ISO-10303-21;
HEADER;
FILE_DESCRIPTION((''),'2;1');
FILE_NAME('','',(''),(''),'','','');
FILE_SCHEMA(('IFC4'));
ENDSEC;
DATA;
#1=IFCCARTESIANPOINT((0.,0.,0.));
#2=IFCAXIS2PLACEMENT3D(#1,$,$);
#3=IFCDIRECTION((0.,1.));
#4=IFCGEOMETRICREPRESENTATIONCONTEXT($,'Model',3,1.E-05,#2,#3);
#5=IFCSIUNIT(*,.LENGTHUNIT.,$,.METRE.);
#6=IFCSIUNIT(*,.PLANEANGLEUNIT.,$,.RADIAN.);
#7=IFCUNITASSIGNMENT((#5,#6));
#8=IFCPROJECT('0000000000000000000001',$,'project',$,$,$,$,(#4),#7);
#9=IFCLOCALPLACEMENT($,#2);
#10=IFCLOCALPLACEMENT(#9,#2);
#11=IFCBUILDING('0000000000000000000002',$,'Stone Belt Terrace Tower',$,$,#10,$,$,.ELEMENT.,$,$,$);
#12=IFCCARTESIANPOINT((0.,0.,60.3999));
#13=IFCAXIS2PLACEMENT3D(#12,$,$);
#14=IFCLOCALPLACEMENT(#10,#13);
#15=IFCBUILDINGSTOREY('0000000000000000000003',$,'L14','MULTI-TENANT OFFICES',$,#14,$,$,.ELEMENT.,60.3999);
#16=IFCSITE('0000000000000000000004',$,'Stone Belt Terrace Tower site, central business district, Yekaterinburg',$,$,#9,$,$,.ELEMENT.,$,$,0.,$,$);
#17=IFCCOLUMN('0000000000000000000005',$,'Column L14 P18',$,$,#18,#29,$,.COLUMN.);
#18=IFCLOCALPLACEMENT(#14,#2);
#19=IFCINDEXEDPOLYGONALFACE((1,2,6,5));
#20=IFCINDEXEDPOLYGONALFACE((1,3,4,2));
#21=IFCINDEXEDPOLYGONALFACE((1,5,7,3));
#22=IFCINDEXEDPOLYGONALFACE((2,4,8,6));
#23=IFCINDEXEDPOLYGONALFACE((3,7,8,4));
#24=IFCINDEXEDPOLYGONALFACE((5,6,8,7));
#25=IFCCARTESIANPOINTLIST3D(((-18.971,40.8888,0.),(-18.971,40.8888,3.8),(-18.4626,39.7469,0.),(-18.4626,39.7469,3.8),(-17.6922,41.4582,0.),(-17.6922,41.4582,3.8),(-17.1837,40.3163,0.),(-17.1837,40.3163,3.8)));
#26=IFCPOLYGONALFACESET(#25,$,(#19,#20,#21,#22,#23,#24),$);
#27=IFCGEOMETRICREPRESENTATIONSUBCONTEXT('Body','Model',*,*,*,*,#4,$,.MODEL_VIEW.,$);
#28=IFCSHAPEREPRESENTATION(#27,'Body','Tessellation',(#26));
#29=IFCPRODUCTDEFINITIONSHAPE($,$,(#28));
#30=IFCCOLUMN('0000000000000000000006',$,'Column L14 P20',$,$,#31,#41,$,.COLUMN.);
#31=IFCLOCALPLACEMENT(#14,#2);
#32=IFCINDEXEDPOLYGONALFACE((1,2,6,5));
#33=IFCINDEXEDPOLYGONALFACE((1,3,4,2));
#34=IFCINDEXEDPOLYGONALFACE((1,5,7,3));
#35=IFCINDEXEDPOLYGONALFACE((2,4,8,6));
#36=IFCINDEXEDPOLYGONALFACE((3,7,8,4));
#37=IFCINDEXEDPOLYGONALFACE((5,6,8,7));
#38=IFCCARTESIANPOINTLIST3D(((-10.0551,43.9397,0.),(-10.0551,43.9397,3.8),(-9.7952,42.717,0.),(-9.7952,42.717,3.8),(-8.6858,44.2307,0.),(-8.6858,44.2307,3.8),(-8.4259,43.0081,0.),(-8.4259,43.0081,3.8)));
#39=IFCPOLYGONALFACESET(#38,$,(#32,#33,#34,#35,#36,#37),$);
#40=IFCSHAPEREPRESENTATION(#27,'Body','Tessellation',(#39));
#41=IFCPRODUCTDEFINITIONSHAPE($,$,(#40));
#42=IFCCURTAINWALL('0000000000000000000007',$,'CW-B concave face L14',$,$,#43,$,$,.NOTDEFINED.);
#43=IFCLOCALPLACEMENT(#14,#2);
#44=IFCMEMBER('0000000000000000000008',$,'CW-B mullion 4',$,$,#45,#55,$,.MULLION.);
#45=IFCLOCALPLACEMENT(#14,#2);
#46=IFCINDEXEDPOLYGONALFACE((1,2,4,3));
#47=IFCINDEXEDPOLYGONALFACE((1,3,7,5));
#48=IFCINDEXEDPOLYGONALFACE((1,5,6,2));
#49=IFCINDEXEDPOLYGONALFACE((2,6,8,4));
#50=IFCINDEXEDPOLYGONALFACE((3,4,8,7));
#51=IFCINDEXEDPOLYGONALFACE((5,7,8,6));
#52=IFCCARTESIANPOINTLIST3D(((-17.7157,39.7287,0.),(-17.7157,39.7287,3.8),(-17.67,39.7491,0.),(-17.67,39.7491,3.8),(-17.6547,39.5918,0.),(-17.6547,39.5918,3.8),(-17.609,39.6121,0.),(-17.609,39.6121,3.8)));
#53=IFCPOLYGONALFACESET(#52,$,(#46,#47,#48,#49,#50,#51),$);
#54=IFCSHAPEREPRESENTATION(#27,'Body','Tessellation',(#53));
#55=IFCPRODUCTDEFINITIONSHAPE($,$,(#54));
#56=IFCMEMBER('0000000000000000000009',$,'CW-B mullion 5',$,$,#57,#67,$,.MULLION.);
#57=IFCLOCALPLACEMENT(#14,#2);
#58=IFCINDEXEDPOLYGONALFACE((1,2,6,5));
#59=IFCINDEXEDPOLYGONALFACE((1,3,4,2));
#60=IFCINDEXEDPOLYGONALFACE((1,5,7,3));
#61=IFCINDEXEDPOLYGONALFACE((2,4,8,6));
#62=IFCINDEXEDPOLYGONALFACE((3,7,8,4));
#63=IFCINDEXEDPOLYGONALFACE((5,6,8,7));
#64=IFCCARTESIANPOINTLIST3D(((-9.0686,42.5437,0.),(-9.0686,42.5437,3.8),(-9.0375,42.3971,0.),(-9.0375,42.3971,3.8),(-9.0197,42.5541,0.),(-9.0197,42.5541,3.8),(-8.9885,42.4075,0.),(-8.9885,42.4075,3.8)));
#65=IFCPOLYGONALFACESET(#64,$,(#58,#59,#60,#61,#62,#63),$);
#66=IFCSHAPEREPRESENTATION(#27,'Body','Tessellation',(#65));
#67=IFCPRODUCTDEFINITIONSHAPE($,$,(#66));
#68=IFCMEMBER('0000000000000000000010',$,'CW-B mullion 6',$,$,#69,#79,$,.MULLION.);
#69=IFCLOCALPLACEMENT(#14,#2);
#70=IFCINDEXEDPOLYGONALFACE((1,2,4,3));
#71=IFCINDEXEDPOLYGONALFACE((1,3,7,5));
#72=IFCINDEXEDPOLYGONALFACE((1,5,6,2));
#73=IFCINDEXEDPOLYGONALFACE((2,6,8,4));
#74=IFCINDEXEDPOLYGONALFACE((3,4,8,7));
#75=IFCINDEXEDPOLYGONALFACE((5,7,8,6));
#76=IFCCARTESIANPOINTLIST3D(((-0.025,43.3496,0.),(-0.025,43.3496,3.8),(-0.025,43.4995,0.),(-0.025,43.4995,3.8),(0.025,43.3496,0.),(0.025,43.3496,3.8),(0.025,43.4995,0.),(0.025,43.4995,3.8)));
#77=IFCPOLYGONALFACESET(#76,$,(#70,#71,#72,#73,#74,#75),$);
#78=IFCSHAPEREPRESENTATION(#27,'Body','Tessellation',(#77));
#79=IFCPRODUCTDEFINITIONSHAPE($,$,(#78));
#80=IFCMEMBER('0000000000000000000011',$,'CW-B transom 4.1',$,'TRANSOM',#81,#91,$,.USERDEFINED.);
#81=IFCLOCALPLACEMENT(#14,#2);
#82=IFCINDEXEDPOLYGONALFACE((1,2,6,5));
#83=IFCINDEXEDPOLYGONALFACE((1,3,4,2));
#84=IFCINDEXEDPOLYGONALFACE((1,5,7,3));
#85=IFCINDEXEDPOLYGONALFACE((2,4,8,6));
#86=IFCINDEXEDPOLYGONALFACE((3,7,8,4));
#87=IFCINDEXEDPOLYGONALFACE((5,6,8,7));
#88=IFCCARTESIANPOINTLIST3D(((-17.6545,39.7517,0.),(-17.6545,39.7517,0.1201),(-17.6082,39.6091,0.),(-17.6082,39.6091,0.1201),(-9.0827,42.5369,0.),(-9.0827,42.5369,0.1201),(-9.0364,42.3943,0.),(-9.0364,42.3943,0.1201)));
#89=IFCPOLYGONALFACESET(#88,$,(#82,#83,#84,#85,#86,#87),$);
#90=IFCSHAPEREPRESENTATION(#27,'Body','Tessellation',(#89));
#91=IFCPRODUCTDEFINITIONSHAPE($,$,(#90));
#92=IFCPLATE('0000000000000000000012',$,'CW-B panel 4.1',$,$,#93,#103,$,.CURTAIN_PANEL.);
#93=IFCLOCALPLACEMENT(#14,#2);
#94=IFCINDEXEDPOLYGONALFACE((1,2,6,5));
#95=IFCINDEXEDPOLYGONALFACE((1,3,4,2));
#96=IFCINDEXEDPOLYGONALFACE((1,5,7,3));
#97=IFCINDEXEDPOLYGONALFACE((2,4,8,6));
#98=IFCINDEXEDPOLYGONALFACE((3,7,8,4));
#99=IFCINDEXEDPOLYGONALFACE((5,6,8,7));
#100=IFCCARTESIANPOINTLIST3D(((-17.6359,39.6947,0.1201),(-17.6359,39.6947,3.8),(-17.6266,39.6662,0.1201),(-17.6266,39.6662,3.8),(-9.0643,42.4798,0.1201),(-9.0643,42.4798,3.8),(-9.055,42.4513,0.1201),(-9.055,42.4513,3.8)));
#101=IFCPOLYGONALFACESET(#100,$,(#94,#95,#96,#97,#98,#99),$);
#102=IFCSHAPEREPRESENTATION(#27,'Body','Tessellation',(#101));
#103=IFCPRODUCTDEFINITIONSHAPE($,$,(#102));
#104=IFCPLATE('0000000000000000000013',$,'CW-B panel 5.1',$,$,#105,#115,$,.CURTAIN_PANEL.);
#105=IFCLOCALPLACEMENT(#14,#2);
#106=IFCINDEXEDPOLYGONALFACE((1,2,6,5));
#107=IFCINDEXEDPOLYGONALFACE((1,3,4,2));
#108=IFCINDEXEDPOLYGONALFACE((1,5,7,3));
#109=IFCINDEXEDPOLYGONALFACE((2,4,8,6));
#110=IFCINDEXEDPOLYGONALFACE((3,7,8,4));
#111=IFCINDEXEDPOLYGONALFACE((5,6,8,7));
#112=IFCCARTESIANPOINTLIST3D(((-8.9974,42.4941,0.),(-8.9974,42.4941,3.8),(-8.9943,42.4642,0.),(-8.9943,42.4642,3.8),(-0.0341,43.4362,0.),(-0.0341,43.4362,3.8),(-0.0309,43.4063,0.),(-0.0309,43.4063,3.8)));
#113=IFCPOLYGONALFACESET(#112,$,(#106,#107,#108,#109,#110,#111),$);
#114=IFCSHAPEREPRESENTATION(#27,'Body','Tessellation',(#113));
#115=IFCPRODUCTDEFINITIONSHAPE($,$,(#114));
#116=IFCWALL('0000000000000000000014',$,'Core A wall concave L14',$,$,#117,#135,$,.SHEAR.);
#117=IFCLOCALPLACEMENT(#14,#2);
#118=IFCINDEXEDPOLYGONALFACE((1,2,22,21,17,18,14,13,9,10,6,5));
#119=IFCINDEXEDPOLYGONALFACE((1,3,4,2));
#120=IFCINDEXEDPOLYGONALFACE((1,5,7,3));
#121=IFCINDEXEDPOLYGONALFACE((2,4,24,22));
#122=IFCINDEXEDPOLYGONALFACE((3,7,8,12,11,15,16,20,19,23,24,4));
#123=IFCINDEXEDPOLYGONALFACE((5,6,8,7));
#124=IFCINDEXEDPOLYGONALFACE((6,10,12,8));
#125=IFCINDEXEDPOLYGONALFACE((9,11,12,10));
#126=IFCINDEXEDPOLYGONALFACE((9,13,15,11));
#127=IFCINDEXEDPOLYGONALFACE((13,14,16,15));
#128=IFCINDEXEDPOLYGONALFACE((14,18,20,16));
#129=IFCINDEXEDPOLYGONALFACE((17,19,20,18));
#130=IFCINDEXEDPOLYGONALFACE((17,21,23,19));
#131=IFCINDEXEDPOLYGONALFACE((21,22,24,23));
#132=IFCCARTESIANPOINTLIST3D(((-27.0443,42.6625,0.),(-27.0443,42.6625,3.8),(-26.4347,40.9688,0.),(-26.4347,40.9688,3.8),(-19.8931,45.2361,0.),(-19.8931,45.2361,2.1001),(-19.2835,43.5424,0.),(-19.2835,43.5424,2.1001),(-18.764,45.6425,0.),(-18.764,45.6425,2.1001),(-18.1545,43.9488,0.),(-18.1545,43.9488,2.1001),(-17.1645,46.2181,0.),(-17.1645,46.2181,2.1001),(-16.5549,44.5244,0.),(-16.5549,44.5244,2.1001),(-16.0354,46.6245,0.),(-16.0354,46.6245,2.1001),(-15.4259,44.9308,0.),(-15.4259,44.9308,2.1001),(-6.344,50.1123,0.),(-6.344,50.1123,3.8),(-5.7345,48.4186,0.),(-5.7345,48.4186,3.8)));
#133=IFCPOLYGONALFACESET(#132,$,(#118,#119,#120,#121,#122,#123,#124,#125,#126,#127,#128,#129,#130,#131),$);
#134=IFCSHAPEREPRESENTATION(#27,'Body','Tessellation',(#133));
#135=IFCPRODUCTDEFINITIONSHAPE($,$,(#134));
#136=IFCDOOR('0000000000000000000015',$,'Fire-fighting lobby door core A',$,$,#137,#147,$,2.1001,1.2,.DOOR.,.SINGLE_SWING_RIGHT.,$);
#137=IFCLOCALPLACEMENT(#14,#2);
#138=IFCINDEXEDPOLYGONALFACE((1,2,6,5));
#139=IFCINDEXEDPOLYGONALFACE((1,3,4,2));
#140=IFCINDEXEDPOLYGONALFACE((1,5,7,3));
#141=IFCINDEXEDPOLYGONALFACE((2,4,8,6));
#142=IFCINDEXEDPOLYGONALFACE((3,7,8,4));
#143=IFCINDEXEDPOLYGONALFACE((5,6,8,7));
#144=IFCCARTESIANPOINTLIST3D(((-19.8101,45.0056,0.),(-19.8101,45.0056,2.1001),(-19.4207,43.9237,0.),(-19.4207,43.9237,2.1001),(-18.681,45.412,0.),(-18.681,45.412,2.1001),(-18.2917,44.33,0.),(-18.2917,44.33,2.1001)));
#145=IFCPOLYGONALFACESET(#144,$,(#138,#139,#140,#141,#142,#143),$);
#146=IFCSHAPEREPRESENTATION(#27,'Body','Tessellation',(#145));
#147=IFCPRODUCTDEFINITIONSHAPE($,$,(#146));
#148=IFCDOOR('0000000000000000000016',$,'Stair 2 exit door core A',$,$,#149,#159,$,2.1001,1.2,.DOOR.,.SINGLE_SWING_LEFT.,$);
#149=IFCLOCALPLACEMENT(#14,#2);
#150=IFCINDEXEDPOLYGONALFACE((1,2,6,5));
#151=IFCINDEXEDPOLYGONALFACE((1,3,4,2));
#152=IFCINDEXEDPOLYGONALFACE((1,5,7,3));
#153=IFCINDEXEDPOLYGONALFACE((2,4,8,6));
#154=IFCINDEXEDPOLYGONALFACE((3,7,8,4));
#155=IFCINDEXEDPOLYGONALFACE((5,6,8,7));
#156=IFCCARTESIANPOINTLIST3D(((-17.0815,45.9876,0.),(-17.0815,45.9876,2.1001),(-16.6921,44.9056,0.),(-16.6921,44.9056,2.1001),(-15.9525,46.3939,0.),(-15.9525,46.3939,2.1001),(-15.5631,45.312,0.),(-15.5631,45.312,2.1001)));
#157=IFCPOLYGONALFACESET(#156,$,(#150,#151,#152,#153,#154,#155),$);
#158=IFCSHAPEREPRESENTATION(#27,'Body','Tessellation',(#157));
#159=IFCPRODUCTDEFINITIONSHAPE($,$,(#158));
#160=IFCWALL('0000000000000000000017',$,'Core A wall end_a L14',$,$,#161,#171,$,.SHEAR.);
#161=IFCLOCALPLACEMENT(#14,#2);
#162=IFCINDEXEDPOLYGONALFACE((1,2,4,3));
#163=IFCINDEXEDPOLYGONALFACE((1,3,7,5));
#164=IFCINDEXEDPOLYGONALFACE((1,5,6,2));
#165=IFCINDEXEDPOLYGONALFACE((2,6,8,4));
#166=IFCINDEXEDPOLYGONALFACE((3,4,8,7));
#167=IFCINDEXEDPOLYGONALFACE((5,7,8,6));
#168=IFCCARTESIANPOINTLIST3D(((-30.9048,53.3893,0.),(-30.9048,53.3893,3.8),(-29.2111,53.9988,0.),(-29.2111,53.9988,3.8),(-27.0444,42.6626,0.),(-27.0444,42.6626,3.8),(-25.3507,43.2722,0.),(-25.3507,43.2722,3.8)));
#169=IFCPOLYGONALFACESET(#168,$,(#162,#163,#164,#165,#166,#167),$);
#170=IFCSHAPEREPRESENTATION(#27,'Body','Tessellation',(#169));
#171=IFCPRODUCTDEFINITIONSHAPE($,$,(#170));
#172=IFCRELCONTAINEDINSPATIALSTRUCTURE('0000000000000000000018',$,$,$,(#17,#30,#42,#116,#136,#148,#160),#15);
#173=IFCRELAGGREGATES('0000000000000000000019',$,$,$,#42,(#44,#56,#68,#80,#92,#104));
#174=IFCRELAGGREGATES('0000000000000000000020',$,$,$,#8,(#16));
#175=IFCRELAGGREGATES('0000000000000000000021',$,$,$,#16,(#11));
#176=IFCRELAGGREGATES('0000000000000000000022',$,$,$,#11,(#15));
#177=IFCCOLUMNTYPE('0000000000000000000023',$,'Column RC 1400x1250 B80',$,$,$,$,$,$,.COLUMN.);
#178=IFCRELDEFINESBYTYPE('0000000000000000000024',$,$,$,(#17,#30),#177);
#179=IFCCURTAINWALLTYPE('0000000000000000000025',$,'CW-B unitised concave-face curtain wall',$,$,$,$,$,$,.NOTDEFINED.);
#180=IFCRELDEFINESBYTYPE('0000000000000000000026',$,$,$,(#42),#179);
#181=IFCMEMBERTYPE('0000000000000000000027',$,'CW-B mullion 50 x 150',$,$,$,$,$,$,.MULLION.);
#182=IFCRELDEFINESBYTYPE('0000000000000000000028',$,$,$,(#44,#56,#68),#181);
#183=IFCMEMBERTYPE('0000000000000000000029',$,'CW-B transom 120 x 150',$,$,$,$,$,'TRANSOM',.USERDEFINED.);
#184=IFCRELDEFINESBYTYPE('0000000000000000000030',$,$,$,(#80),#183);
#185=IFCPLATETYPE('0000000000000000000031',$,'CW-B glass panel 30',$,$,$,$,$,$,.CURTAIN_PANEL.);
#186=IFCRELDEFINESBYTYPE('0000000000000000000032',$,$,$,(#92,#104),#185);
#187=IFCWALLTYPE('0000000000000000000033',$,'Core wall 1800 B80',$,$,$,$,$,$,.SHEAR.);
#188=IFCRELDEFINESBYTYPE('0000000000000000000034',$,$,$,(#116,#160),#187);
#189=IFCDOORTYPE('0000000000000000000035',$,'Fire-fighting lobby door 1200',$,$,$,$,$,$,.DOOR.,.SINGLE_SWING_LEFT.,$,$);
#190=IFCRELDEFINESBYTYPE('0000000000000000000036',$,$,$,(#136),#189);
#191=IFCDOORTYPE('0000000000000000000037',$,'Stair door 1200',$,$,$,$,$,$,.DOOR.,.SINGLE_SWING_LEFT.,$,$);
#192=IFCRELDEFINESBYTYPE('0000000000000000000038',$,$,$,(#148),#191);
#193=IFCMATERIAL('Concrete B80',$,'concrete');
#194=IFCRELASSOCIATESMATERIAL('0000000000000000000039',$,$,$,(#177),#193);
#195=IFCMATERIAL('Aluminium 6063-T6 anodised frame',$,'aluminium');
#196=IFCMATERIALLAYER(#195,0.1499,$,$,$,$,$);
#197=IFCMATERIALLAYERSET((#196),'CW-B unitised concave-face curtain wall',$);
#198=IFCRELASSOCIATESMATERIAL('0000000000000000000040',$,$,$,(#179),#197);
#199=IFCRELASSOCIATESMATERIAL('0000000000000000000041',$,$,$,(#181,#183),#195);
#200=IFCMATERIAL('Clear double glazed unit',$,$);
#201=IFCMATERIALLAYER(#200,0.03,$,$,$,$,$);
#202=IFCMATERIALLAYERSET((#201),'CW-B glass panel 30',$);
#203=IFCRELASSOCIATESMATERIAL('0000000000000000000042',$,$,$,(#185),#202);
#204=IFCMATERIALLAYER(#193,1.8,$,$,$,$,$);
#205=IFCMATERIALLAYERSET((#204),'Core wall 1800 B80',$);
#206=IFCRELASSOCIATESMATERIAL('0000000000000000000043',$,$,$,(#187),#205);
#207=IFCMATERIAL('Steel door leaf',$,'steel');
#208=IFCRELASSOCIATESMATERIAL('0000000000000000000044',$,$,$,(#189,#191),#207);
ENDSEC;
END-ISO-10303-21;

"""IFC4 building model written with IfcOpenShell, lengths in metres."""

from ifc_helpers import new_model, si_unit, direction, frame, frame_2d, origin, origin_2d, place, context, subcontext, project, spatial, rectangle, extrude, material, layer, layer_set, material_profile, profile_set, type_object, element, fill, aggregate, save


model = new_model("IFC4")

# Units and contexts
model_context = context("Model", 3, precision=1e-05, world=origin(), true_north=direction((0.0, 1.0)))
body_context = subcontext(model_context, "Body", "Model", "MODEL_VIEW")
ifc_project = project(units=[si_unit("LENGTHUNIT", "METRE"), si_unit("PLANEANGLEUNIT", "RADIAN")], contexts=[model_context])

# Site, building, storey
site_placement = place(None, origin())
site = spatial("IfcSite", under=ifc_project, at=site_placement, Name="Stone Belt Terrace Tower site, central business district, Yekaterinburg", CompositionType="ELEMENT", RefElevation=0.0)
building_placement = place(site_placement, origin())
building = spatial("IfcBuilding", under=site, at=building_placement, Name="Stone Belt Terrace Tower", CompositionType="ELEMENT")
storey_placement = place(building_placement, frame((0.0, 0.0, 60.3999)))
storey = spatial("IfcBuildingStorey", under=building, at=storey_placement, Name="L14", Description="MULTI-TENANT OFFICES", CompositionType="ELEMENT", Elevation=60.3999)

# Columns
ifc_material_1 = material(Name="Concrete B80", Category="concrete")
ifc_material_profile_1 = material_profile(ifc_material_1, rectangle(XDim=1.3999, YDim=1.25, at=origin_2d()), Name="RC 1400x1250")
ifc_profile_set_1 = profile_set([ifc_material_profile_1], Name="Concrete B80")
column_type = type_object("IfcColumnType", Name="Column RC 1400x1250 B80", PredefinedType="COLUMN", material=ifc_profile_set_1)
for number, where, z_axis, x_axis, name in (
    (1, (-18.0774, 40.6025, 0.0), (0.0, 0.0, 1.0), (0.913545, 0.406737, 0.0), "Column L14 P18"),
    (2, (-9.2405, 43.4739, 0.0), (0.0, 0.0, 1.0), (0.978148, 0.207912, 0.0), "Column L14 P20"),
):
    element("IfcColumn", number, at=place(storey_placement, frame(where, z_axis=z_axis, x_axis=x_axis)), inside=storey, type_object=column_type, Name=name, PredefinedType="COLUMN", context=body_context, shape_type="SweptSolid", body=[
        extrude(rectangle(XDim=1.3999, YDim=1.25, at=origin_2d()), origin(), (0.0, 0.0, 1.0), 3.8),
    ])

# Curtain wall, members, plates
ifc_material_2 = material(Name="Aluminium 6063-T6 anodised frame", Category="aluminium")
ifc_layer_1 = layer(ifc_material_2, 0.1499)
ifc_layer_set_1 = layer_set([ifc_layer_1], Name="CW-B unitised concave-face curtain wall")
curtain_wall_type = type_object("IfcCurtainWallType", Name="CW-B unitised concave-face curtain wall", PredefinedType="NOTDEFINED", material=ifc_layer_set_1)
curtain_wall_placement = place(storey_placement, origin())
curtain_wall = element("IfcCurtainWall", 3, at=curtain_wall_placement, inside=storey, type_object=curtain_wall_type, Name="CW-B concave face L14", PredefinedType="NOTDEFINED")
ifc_material_profile_2 = material_profile(ifc_material_2, rectangle(XDim=0.1499, YDim=0.05, at=origin_2d()), Name="Aluminium 6063-T6 50x150")
ifc_profile_set_2 = profile_set([ifc_material_profile_2], Name="Aluminium 6063-T6 anodised frame")
member_type_1 = type_object("IfcMemberType", Name="CW-B mullion 50 x 150", PredefinedType="MULLION", material=ifc_profile_set_2)
member_1_placement = place(storey_placement, frame((-17.6624, 39.6704, 0.0), z_axis=(0.0, 0.0, 1.0), x_axis=(-0.406737, 0.913545, 0.0)))
member_1 = element("IfcMember", 4, at=member_1_placement, type_object=member_type_1, Name="CW-B mullion 4", PredefinedType="MULLION", context=body_context, shape_type="SweptSolid", body=[
    extrude(rectangle(XDim=0.1499, YDim=0.05, at=origin_2d()), origin(), (0.0, 0.0, 1.0), 3.8),
])
member_2_placement = place(storey_placement, frame((-9.0286, 42.4756, 0.0), z_axis=(0.0, 0.0, 1.0), x_axis=(-0.207912, 0.978148, 0.0)))
member_2 = element("IfcMember", 5, at=member_2_placement, type_object=member_type_1, Name="CW-B mullion 5", PredefinedType="MULLION", context=body_context, shape_type="SweptSolid", body=[
    extrude(rectangle(XDim=0.1499, YDim=0.05, at=origin_2d()), origin(), (0.0, 0.0, 1.0), 3.8),
])
member_3_placement = place(storey_placement, frame((0.0, 43.4246, 0.0), z_axis=(0.0, 0.0, 1.0), x_axis=(0.0, 1.0, 0.0)))
member_3 = element("IfcMember", 6, at=member_3_placement, type_object=member_type_1, Name="CW-B mullion 6", PredefinedType="MULLION", context=body_context, shape_type="SweptSolid", body=[
    extrude(rectangle(XDim=0.1499, YDim=0.05, at=origin_2d()), origin(), (0.0, 0.0, 1.0), 3.8),
])
ifc_material_profile_3 = material_profile(ifc_material_2, rectangle(XDim=0.1499, YDim=0.1201, at=origin_2d()), Name="Aluminium 6063-T6 150x120")
ifc_profile_set_3 = profile_set([ifc_material_profile_3], Name="Aluminium 6063-T6 anodised frame")
member_type_2 = type_object("IfcMemberType", Name="CW-B transom 120 x 150", ElementType="TRANSOM", PredefinedType="USERDEFINED", material=ifc_profile_set_3)
member_4_placement = place(storey_placement, frame((-17.6313, 39.6804, 0.0601), z_axis=(0.951056, 0.309019, 0.0), x_axis=(-0.309019, 0.951056, 0.0)))
member_4 = element("IfcMember", 7, at=member_4_placement, type_object=member_type_2, Name="CW-B transom 4.1", ObjectType="TRANSOM", PredefinedType="USERDEFINED", context=body_context, shape_type="SweptSolid", body=[
    extrude(rectangle(XDim=0.1499, YDim=0.1201, at=origin_2d()), origin(), (0.0, 0.0, 1.0), 9.0129),
])
ifc_material_3 = material(Name="Clear double glazed unit")
ifc_layer_2 = layer(ifc_material_3, 0.03)
ifc_layer_set_2 = layer_set([ifc_layer_2], Name="CW-B glass panel 30")
plate_type = type_object("IfcPlateType", Name="CW-B glass panel 30", PredefinedType="CURTAIN_PANEL", material=ifc_layer_set_2)
plate_1_placement = place(storey_placement, frame((-13.3455, 41.073, 0.1201), z_axis=(0.0, 0.0, 1.0), x_axis=(0.951057, 0.309017, 0.0)))
plate_1 = element("IfcPlate", 8, at=plate_1_placement, type_object=plate_type, Name="CW-B panel 4.1", PredefinedType="CURTAIN_PANEL", context=body_context, shape_type="SweptSolid", body=[
    extrude(rectangle(XDim=9.0127, YDim=0.03, at=origin_2d()), origin(), (0.0, 0.0, 1.0), 3.6799),
])
plate_2_placement = place(storey_placement, frame((-4.5142, 42.9502, 0.0), z_axis=(0.0, 0.0, 1.0), x_axis=(0.994522, 0.104528, 0.0)))
plate_2 = element("IfcPlate", 9, at=plate_2_placement, type_object=plate_type, Name="CW-B panel 5.1", PredefinedType="CURTAIN_PANEL", context=body_context, shape_type="SweptSolid", body=[
    extrude(rectangle(XDim=9.0127, YDim=0.03, at=origin_2d()), origin(), (0.0, 0.0, 1.0), 3.8),
])
aggregate(curtain_wall, [member_1, member_2, member_3, member_4, plate_1, plate_2])

# Wall, openings, doors
ifc_layer_3 = layer(ifc_material_1, 1.8)
ifc_layer_set_3 = layer_set([ifc_layer_3], Name="Core wall 1800 B80")
wall_type_1 = type_object("IfcWallType", Name="Core wall 1800 B80", PredefinedType="SHEAR", material=ifc_layer_set_3)
wall_1_placement = place(storey_placement, frame((-26.7395, 41.8157, 0.0), z_axis=(0.0, 0.0, 1.0), x_axis=(0.940922, 0.338624, 0.0)))
wall_1 = element("IfcWall", 10, at=wall_1_placement, inside=storey, type_object=wall_type_1, Name="Core A wall concave L14", PredefinedType="SHEAR", context=body_context, shape_type="SweptSolid", body=[
    extrude(rectangle(XDim=22.0, YDim=1.8, at=frame_2d((11.0, 0.0))), origin(), (0.0, 0.0, 1.0), 3.8),
])
opening_1_placement = place(wall_1_placement, frame((7.6001, 0.0, 0.0)))
opening_1 = element("IfcOpeningElement", 11, at=opening_1_placement, cuts=wall_1, PredefinedType="OPENING", context=body_context, shape_type="SweptSolid", body=[
    extrude(rectangle(XDim=1.2, YDim=2.1001, at=frame_2d((0.6001, 1.05))), frame((0.0, 0.9099, 0.0), z_axis=(0.0, -1.0, 0.0), x_axis=(1.0, 0.0, 0.0)), (0.0, 0.0, 1.0), 1.8201),
])
opening_2_placement = place(wall_1_placement, frame((10.5, 0.0, 0.0)))
opening_2 = element("IfcOpeningElement", 12, at=opening_2_placement, cuts=wall_1, PredefinedType="OPENING", context=body_context, shape_type="SweptSolid", body=[
    extrude(rectangle(XDim=1.2, YDim=2.1001, at=frame_2d((0.6001, 1.05))), frame((0.0, 0.9099, 0.0), z_axis=(0.0, -1.0, 0.0), x_axis=(1.0, 0.0, 0.0)), (0.0, 0.0, 1.0), 1.8201),
])
ifc_material_4 = material(Name="Steel door leaf", Category="steel")
door_type_1 = type_object("IfcDoorType", Name="Fire-fighting lobby door 1200", OperationType="SINGLE_SWING_LEFT", PredefinedType="DOOR", material=ifc_material_4)
door_1_placement = place(opening_1_placement, origin())
door_1 = element("IfcDoor", 13, at=door_1_placement, inside=storey, type_object=door_type_1, Name="Fire-fighting lobby door core A", OperationType="SINGLE_SWING_RIGHT", OverallHeight=2.1001, OverallWidth=1.2, PredefinedType="DOOR", context=body_context, shape_type="SweptSolid", body=[
    extrude(rectangle(XDim=1.2, YDim=2.1001, at=frame_2d((0.6001, 1.05))), frame((0.0, 0.655, 0.0), z_axis=(0.0, -1.0, 0.0), x_axis=(1.0, 0.0, 0.0)), (0.0, 0.0, 1.0), 1.1499),
])
fill(opening_1, door_1)
door_type_2 = type_object("IfcDoorType", Name="Stair door 1200", OperationType="SINGLE_SWING_LEFT", PredefinedType="DOOR", material=ifc_material_4)
door_2_placement = place(opening_2_placement, origin())
door_2 = element("IfcDoor", 14, at=door_2_placement, inside=storey, type_object=door_type_2, Name="Stair 2 exit door core A", OperationType="SINGLE_SWING_LEFT", OverallHeight=2.1001, OverallWidth=1.2, PredefinedType="DOOR", context=body_context, shape_type="SweptSolid", body=[
    extrude(rectangle(XDim=1.2, YDim=2.1001, at=frame_2d((0.6001, 1.05))), frame((0.0, 0.655, 0.0), z_axis=(0.0, -1.0, 0.0), x_axis=(1.0, 0.0, 0.0)), (0.0, 0.0, 1.0), 1.1499),
])
fill(opening_2, door_2)

# Wall
wall_2_placement = place(storey_placement, frame((-26.1975, 42.9673, 0.0), z_axis=(0.0, 0.0, 1.0), x_axis=(-0.338625, 0.940921, 0.0)))
element("IfcWall", 15, at=wall_2_placement, inside=storey, type_object=wall_type_1, Name="Core A wall end_a L14", PredefinedType="SHEAR", context=body_context, shape_type="SweptSolid", body=[
    extrude(rectangle(XDim=11.4001, YDim=1.8, at=frame_2d((5.7002, 0.0))), origin(), (0.0, 0.0, 1.0), 3.8),
])

save(model, "model.ifc")
